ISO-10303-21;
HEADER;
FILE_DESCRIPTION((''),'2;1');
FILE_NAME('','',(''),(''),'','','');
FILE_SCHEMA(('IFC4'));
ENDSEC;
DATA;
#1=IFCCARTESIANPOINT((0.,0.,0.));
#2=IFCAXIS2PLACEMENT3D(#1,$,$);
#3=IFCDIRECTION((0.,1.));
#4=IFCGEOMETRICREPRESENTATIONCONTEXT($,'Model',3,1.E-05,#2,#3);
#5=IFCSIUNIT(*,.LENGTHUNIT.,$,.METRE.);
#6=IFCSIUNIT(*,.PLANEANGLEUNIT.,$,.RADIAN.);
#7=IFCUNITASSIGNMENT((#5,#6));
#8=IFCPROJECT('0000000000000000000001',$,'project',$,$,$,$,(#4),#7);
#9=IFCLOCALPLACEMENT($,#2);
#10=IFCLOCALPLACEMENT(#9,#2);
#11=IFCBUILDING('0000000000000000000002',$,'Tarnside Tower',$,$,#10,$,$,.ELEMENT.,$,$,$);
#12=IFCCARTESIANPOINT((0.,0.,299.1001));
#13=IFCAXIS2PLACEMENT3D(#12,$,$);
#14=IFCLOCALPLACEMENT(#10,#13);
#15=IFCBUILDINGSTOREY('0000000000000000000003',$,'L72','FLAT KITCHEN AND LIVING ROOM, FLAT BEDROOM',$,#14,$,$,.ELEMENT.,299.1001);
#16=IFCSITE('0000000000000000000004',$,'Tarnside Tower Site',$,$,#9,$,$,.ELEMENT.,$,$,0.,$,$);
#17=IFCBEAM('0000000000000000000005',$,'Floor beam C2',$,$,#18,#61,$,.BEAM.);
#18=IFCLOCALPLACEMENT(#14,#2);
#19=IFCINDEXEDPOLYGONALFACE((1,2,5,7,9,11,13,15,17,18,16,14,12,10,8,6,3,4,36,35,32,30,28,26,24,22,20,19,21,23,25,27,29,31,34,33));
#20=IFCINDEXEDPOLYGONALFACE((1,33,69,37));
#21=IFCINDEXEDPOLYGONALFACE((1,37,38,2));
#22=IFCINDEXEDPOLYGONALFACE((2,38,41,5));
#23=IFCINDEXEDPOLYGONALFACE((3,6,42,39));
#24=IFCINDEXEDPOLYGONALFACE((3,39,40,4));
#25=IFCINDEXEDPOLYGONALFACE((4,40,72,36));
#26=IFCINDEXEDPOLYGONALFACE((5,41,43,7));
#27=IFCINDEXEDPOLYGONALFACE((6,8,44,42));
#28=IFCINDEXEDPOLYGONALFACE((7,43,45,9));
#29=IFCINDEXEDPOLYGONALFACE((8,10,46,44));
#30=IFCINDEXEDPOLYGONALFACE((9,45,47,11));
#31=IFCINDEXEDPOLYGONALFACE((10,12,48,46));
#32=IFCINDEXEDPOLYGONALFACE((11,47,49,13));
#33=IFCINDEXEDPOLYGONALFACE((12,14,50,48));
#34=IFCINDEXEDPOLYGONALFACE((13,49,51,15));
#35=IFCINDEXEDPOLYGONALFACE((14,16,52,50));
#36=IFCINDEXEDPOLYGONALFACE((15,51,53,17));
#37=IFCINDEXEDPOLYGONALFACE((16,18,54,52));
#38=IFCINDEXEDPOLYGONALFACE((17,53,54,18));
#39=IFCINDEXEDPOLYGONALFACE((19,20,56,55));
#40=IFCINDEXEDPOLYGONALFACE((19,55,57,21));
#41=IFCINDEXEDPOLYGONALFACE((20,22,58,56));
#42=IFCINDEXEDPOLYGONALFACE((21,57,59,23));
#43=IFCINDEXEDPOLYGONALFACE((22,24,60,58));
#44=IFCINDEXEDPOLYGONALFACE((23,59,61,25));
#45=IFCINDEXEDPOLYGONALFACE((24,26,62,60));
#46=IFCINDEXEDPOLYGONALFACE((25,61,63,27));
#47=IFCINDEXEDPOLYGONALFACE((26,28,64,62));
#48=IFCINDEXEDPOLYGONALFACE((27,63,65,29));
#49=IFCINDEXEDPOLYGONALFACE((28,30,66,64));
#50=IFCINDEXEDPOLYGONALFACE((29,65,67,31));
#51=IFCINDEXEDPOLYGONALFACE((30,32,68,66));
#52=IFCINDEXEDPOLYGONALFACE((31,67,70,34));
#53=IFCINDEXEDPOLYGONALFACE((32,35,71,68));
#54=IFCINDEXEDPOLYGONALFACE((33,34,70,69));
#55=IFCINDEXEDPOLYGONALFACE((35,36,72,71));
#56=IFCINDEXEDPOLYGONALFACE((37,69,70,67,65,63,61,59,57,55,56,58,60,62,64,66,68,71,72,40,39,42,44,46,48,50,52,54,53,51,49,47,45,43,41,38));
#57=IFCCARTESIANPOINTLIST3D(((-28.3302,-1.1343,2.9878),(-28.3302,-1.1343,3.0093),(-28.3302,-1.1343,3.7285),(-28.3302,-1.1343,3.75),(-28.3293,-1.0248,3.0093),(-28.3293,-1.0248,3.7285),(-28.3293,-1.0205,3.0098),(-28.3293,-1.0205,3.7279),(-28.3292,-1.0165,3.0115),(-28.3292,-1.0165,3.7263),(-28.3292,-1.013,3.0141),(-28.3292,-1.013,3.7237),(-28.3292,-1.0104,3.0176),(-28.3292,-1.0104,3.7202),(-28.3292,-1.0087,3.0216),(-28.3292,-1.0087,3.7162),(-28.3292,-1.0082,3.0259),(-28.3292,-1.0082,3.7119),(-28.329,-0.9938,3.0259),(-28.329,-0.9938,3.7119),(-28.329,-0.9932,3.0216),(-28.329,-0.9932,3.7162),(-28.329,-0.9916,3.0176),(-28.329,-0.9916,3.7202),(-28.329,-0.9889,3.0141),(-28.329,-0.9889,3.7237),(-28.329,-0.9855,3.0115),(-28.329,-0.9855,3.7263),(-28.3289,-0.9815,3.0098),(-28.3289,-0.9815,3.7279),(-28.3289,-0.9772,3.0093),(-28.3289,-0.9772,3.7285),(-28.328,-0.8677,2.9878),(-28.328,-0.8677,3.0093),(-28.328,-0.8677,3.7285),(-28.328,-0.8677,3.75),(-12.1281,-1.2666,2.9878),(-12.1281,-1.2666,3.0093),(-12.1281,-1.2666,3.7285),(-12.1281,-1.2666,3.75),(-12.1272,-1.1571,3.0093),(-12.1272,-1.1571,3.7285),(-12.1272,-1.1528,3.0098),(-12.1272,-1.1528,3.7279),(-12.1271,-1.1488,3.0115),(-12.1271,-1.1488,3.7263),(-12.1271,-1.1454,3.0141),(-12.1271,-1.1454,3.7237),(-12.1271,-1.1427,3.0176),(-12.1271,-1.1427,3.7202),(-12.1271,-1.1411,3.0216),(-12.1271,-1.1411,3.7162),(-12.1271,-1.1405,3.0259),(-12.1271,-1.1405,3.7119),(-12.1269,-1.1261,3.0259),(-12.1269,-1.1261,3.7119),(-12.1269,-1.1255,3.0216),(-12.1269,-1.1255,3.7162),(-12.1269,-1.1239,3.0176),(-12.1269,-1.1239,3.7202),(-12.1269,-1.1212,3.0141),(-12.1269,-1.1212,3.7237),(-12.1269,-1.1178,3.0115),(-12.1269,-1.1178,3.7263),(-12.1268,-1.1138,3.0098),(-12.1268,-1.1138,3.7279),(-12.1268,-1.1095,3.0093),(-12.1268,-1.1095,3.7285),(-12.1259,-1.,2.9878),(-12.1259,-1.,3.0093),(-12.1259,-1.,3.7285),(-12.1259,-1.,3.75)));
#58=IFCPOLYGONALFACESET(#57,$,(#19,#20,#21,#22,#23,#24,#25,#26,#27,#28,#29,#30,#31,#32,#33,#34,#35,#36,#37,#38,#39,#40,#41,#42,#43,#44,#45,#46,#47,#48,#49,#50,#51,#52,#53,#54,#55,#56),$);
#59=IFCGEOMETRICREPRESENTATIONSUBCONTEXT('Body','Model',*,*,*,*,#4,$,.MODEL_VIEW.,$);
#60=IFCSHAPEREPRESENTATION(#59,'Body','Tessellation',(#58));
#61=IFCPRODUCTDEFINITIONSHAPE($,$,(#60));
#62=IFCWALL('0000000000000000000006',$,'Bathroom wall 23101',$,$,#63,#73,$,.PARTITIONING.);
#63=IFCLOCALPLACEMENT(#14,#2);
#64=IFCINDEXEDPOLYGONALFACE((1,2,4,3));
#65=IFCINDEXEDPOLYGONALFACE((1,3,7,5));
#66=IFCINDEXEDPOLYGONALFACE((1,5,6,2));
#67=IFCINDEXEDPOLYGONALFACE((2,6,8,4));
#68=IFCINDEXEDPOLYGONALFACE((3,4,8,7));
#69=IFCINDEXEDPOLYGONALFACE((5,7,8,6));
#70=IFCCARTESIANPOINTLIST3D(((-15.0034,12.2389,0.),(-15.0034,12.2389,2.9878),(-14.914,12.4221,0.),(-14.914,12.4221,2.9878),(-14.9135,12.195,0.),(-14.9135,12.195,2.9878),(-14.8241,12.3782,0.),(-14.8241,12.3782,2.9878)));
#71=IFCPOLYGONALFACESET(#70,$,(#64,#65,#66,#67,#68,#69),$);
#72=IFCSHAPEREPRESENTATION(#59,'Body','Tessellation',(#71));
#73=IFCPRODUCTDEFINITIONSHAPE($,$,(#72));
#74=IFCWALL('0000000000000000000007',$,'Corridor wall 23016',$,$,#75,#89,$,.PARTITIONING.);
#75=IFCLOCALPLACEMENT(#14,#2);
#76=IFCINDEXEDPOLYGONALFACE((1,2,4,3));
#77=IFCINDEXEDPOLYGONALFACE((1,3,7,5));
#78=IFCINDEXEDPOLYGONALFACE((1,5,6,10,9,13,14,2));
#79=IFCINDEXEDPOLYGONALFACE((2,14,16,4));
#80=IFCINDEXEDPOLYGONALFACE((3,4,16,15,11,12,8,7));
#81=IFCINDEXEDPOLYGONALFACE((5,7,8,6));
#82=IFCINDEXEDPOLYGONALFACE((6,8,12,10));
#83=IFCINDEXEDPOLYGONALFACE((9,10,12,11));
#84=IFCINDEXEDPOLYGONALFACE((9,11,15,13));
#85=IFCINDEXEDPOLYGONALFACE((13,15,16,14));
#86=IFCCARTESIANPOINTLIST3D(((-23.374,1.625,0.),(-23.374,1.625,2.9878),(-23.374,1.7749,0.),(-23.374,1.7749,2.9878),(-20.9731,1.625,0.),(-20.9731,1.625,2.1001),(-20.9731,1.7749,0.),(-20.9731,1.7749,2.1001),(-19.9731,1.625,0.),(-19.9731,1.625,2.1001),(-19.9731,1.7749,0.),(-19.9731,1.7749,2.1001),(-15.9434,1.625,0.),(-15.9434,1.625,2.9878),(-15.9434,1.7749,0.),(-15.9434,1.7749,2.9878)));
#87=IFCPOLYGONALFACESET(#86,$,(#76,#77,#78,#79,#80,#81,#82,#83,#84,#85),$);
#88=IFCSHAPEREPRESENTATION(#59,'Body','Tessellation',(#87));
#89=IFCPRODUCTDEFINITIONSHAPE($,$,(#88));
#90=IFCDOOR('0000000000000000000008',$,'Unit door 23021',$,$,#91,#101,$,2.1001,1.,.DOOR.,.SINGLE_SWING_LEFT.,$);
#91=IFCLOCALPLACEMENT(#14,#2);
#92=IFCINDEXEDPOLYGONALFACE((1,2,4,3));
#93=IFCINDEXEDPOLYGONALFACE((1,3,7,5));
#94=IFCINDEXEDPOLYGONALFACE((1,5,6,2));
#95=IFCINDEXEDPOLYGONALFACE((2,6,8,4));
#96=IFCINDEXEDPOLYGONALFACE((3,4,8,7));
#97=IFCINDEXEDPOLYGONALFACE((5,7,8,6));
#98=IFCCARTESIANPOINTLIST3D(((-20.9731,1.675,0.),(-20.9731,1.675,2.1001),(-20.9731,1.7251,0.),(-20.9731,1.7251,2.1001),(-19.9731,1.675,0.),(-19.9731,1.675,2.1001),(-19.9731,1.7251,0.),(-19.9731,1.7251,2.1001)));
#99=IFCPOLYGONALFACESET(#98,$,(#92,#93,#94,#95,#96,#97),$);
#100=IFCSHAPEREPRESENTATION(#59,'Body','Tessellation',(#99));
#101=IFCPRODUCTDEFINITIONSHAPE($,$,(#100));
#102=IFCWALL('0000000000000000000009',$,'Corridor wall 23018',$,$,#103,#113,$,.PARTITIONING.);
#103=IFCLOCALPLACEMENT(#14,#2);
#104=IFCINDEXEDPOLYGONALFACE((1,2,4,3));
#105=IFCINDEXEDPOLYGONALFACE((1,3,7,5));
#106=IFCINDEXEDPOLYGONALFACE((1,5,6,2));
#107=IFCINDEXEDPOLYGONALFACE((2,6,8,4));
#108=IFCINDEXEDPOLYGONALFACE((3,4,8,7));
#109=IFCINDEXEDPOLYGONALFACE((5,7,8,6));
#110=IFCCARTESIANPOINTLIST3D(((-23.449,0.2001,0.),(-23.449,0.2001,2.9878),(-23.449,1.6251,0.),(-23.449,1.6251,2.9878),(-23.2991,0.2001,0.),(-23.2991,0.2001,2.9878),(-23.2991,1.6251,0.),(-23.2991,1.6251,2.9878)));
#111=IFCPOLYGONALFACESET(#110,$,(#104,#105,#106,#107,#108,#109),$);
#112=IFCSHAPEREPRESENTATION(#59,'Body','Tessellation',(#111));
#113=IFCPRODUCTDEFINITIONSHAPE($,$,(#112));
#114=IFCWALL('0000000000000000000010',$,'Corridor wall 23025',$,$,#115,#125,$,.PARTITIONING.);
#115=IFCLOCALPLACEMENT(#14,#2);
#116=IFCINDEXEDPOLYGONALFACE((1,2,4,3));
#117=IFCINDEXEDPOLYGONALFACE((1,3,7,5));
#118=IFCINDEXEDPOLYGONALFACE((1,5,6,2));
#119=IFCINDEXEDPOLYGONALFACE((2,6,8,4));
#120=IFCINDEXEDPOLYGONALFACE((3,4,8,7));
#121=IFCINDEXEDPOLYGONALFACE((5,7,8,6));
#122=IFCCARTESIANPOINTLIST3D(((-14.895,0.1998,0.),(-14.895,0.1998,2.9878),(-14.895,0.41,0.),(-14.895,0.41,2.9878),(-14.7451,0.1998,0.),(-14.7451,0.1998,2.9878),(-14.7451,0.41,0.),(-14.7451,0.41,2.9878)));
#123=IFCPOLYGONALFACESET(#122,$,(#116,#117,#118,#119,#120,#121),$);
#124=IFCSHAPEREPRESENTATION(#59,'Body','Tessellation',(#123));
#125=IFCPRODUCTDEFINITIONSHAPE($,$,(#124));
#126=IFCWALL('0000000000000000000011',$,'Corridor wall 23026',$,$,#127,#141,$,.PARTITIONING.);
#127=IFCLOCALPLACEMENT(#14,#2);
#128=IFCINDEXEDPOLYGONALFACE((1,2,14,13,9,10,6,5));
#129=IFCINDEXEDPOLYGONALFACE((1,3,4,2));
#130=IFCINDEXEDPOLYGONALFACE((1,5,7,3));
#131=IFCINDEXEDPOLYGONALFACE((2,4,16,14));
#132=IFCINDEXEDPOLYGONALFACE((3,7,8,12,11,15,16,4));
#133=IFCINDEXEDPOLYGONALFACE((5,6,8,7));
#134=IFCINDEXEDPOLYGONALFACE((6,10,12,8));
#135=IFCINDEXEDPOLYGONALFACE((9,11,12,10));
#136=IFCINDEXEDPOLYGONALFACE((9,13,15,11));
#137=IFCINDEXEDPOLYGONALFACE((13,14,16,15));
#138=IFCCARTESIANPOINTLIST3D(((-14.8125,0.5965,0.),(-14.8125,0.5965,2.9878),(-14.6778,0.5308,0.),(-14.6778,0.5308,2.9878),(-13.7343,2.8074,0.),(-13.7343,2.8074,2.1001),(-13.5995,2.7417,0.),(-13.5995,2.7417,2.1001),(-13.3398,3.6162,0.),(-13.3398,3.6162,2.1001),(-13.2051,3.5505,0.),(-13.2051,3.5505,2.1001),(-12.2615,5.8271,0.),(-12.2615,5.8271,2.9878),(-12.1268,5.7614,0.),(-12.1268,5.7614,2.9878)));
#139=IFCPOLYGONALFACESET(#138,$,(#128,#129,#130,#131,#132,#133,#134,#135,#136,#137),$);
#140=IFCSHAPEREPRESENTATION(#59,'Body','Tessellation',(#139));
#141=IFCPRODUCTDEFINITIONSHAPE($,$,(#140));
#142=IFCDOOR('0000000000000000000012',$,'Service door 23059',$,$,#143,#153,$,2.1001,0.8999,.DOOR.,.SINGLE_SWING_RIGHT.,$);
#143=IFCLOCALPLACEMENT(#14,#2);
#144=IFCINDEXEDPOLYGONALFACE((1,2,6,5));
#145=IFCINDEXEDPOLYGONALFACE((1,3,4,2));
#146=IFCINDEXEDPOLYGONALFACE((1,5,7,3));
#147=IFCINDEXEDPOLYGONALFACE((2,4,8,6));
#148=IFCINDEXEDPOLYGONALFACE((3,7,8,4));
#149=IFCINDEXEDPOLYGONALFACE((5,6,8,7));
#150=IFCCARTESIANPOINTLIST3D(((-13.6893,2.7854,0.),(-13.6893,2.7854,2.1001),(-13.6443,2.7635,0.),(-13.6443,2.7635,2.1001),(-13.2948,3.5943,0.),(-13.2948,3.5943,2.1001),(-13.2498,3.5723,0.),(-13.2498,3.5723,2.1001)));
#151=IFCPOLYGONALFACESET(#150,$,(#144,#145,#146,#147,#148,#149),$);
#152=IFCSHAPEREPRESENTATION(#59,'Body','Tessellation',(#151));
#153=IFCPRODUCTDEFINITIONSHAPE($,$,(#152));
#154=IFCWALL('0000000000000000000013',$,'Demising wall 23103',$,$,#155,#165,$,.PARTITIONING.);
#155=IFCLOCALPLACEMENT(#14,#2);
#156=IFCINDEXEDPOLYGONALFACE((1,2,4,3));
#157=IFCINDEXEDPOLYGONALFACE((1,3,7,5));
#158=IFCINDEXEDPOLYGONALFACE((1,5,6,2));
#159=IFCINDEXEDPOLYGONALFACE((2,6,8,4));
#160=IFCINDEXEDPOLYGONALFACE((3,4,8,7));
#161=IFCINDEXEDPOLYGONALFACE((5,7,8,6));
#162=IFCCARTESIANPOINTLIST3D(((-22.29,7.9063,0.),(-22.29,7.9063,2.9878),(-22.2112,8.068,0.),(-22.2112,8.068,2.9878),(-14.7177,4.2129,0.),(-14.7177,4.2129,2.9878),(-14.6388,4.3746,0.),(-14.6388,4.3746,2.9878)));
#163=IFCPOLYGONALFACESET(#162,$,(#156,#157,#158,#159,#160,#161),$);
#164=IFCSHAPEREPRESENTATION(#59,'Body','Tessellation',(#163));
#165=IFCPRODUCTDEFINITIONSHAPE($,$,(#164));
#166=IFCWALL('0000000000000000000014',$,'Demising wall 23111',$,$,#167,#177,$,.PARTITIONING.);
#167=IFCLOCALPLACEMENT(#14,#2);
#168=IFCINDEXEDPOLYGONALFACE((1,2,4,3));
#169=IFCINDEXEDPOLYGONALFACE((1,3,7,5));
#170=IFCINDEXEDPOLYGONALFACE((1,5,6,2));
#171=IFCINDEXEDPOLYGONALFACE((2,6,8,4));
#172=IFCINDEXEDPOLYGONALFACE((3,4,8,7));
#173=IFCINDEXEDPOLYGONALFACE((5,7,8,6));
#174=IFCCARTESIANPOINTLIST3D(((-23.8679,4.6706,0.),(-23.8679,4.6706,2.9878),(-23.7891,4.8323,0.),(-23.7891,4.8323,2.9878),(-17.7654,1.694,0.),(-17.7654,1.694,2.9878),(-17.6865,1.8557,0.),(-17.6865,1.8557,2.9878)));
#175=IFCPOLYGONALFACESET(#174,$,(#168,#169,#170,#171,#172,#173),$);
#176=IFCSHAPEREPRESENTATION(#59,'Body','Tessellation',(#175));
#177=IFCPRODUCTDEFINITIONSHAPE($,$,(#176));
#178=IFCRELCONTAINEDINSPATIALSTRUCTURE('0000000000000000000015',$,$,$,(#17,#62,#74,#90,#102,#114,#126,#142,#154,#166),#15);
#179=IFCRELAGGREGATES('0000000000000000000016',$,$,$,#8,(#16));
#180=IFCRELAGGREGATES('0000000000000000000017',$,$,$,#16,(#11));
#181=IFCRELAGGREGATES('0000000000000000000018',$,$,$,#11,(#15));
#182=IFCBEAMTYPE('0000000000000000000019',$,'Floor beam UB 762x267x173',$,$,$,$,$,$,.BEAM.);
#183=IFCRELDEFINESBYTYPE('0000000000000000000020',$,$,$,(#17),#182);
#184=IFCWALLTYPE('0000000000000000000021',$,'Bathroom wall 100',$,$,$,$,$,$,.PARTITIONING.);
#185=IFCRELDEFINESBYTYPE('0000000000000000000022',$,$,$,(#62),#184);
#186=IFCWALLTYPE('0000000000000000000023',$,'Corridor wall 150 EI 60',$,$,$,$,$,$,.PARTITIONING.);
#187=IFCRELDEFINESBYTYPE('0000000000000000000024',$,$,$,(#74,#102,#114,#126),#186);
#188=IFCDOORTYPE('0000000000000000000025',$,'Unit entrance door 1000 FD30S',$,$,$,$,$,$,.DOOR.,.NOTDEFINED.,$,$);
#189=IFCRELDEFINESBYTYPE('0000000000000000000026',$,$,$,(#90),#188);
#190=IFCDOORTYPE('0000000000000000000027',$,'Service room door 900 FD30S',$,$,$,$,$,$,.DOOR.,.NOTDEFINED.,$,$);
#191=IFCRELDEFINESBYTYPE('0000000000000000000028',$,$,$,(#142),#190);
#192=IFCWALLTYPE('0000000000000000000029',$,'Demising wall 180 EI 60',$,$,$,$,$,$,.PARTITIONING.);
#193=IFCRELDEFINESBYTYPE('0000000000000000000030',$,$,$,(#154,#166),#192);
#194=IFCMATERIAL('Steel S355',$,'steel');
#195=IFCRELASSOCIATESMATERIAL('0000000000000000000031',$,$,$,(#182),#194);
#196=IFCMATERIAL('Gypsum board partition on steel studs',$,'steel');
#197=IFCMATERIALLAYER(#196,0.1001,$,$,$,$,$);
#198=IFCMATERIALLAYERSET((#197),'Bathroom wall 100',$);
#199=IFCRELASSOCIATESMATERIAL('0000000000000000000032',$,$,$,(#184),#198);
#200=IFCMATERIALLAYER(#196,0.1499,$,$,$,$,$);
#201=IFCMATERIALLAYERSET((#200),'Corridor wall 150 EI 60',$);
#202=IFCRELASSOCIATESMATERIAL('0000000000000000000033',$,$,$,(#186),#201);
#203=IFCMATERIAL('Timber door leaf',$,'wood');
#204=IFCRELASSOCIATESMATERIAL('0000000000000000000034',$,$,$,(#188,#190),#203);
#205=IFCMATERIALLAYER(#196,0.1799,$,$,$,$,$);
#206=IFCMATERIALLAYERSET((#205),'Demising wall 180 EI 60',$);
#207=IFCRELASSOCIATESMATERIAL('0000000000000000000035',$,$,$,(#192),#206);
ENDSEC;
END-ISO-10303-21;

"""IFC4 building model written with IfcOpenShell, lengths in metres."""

from ifc_helpers import new_model, si_unit, direction, frame, frame_2d, origin, origin_2d, place, context, subcontext, project, spatial, rectangle, i_section, extrude, material, layer, layer_set, material_profile, profile_set, type_object, element, fill, save


model = new_model("IFC4")

# Units and contexts
model_context = context("Model", 3, precision=1e-05, world=origin(), true_north=direction((0.0, 1.0)))
body_context = subcontext(model_context, "Body", "Model", "MODEL_VIEW")
ifc_project = project(units=[si_unit("LENGTHUNIT", "METRE"), si_unit("PLANEANGLEUNIT", "RADIAN")], contexts=[model_context])

# Site, building, storey
site_placement = place(None, origin())
site = spatial("IfcSite", under=ifc_project, at=site_placement, Name="Tarnside Tower Site", CompositionType="ELEMENT", RefElevation=0.0)
building_placement = place(site_placement, origin())
building = spatial("IfcBuilding", under=site, at=building_placement, Name="Tarnside Tower", CompositionType="ELEMENT")
storey_placement = place(building_placement, frame((0.0, 0.0, 299.1001)))
storey = spatial("IfcBuildingStorey", under=building, at=storey_placement, Name="L72", Description="FLAT KITCHEN AND LIVING ROOM, FLAT BEDROOM", CompositionType="ELEMENT", Elevation=299.1001)

# Beam
ifc_material_1 = material(Name="Steel S355", Category="steel")
ifc_material_profile_1 = material_profile(ifc_material_1, i_section(OverallWidth=0.2666, OverallDepth=0.7622, WebThickness=0.0144, FlangeThickness=0.0215, FilletRadius=0.0166, at=origin_2d()), Name="UB 762x267x173")
ifc_profile_set_1 = profile_set([ifc_material_profile_1], Name="Steel S355")
beam_type_1 = type_object("IfcBeamType", Name="Floor beam UB 762x267x173", PredefinedType="BEAM", material=ifc_profile_set_1)
beam_1_placement = place(storey_placement, frame((-28.3291, -1.001, 3.3689), z_axis=(0.999967, -0.008167, 0.0), x_axis=(0.008167, 0.999967, 0.0)))
element("IfcBeam", 1, at=beam_1_placement, inside=storey, type_object=beam_type_1, Name="Floor beam C2", PredefinedType="BEAM", context=body_context, shape_type="SweptSolid", body=[
    extrude(i_section(OverallWidth=0.2666, OverallDepth=0.7622, WebThickness=0.0144, FlangeThickness=0.0215, FilletRadius=0.0166, at=origin_2d()), origin(), (0.0, 0.0, 1.0), 16.2026),
])

# Wall
ifc_material_2 = material(Name="Gypsum board partition on steel studs", Category="steel")
ifc_layer_1 = layer(ifc_material_2, 0.1001)
ifc_layer_set_1 = layer_set([ifc_layer_1], Name="Bathroom wall 100")
wall_type_1 = type_object("IfcWallType", Name="Bathroom wall 100", PredefinedType="PARTITIONING", material=ifc_layer_set_1)
wall_1_placement = place(storey_placement, frame((-14.9585, 12.2168, 0.0), z_axis=(0.0, 0.0, 1.0), x_axis=(0.438565, 0.898699, 0.0)))
element("IfcWall", 2, at=wall_1_placement, inside=storey, type_object=wall_type_1, Name="Bathroom wall 23101", PredefinedType="PARTITIONING", context=body_context, shape_type="SweptSolid", body=[
    extrude(rectangle(XDim=0.2039, YDim=0.1001, at=frame_2d((0.1021, 0.0))), origin(), (0.0, 0.0, 1.0), 2.9878),
])

# Wall, opening, door
ifc_layer_2 = layer(ifc_material_2, 0.1499)
ifc_layer_set_2 = layer_set([ifc_layer_2], Name="Corridor wall 150 EI 60")
wall_type_2 = type_object("IfcWallType", Name="Corridor wall 150 EI 60", PredefinedType="PARTITIONING", material=ifc_layer_set_2)
wall_2_placement = place(storey_placement, frame((-15.9434, 1.7, 0.0), z_axis=(0.0, 0.0, 1.0), x_axis=(-1.0, 0.0, 0.0)))
wall_2 = element("IfcWall", 3, at=wall_2_placement, inside=storey, type_object=wall_type_2, Name="Corridor wall 23016", PredefinedType="PARTITIONING", context=body_context, shape_type="SweptSolid", body=[
    extrude(rectangle(XDim=7.4307, YDim=0.1499, at=frame_2d((3.7153, 0.0))), origin(), (0.0, 0.0, 1.0), 2.9878),
])
opening_1_placement = place(wall_2_placement, frame((4.0298, 0.0, 0.0)))
opening_1 = element("IfcOpeningElement", 4, at=opening_1_placement, cuts=wall_2, PredefinedType="OPENING", context=body_context, shape_type="SweptSolid", body=[
    extrude(rectangle(XDim=1.0, YDim=2.1001, at=frame_2d((0.5, 1.05))), frame((0.0, 0.085, 0.0), z_axis=(0.0, -1.0, 0.0), x_axis=(1.0, 0.0, 0.0)), (0.0, 0.0, 1.0), 0.1699),
])
ifc_material_3 = material(Name="Timber door leaf", Category="wood")
door_type_1 = type_object("IfcDoorType", Name="Unit entrance door 1000 FD30S", OperationType="NOTDEFINED", PredefinedType="DOOR", material=ifc_material_3)
door_1_placement = place(opening_1_placement, origin())
door_1 = element("IfcDoor", 5, at=door_1_placement, inside=storey, type_object=door_type_1, Name="Unit door 23021", OperationType="SINGLE_SWING_LEFT", OverallHeight=2.1001, OverallWidth=1.0, PredefinedType="DOOR", context=body_context, shape_type="SweptSolid", body=[
    extrude(rectangle(XDim=1.0, YDim=2.1001, at=frame_2d((0.5, 1.05))), frame((0.0, 0.0249, 0.0), z_axis=(0.0, -1.0, 0.0), x_axis=(1.0, 0.0, 0.0)), (0.0, 0.0, 1.0), 0.05),
])
fill(opening_1, door_1)

# Walls
wall_3_placement = place(storey_placement, frame((-23.374, 1.625, 0.0), z_axis=(0.0, 0.0, 1.0), x_axis=(0.0, -1.0, 0.0)))
element("IfcWall", 6, at=wall_3_placement, inside=storey, type_object=wall_type_2, Name="Corridor wall 23018", PredefinedType="PARTITIONING", context=body_context, shape_type="SweptSolid", body=[
    extrude(rectangle(XDim=1.425, YDim=0.1499, at=frame_2d((0.7124, 0.0))), origin(), (0.0, 0.0, 1.0), 2.9878),
])
wall_4_placement = place(storey_placement, frame((-14.8201, 0.2, 0.0), z_axis=(0.0, 0.0, 1.0), x_axis=(0.0, 1.0, 0.0)))
element("IfcWall", 7, at=wall_4_placement, inside=storey, type_object=wall_type_2, Name="Corridor wall 23025", PredefinedType="PARTITIONING", context=body_context, shape_type="SweptSolid", body=[
    extrude(rectangle(XDim=0.2102, YDim=0.1499, at=frame_2d((0.105, 0.0))), origin(), (0.0, 0.0, 1.0), 2.9878),
])

# Wall, opening, door
wall_5_placement = place(storey_placement, frame((-14.7451, 0.5637, 0.0), z_axis=(0.0, 0.0, 1.0), x_axis=(0.438348, 0.898805, 0.0)))
wall_5 = element("IfcWall", 8, at=wall_5_placement, inside=storey, type_object=wall_type_2, Name="Corridor wall 23026", PredefinedType="PARTITIONING", context=body_context, shape_type="SweptSolid", body=[
    extrude(rectangle(XDim=5.8196, YDim=0.1499, at=frame_2d((2.9097, 0.0))), origin(), (0.0, 0.0, 1.0), 2.9878),
])
opening_2_placement = place(wall_5_placement, frame((2.4597, 0.0, 0.0)))
opening_2 = element("IfcOpeningElement", 9, at=opening_2_placement, cuts=wall_5, PredefinedType="OPENING", context=body_context, shape_type="SweptSolid", body=[
    extrude(rectangle(XDim=0.8999, YDim=2.1001, at=frame_2d((0.45, 1.05))), frame((0.0, 0.085, 0.0), z_axis=(0.0, -1.0, 0.0), x_axis=(1.0, 0.0, 0.0)), (0.0, 0.0, 1.0), 0.1699),
])
door_type_2 = type_object("IfcDoorType", Name="Service room door 900 FD30S", OperationType="NOTDEFINED", PredefinedType="DOOR", material=ifc_material_3)
door_2_placement = place(opening_2_placement, origin())
door_2 = element("IfcDoor", 10, at=door_2_placement, inside=storey, type_object=door_type_2, Name="Service door 23059", OperationType="SINGLE_SWING_RIGHT", OverallHeight=2.1001, OverallWidth=0.8999, PredefinedType="DOOR", context=body_context, shape_type="SweptSolid", body=[
    extrude(rectangle(XDim=0.8999, YDim=2.1001, at=frame_2d((0.45, 1.05))), frame((0.0, 0.0249, 0.0), z_axis=(0.0, -1.0, 0.0), x_axis=(1.0, 0.0, 0.0)), (0.0, 0.0, 1.0), 0.05),
])
fill(opening_2, door_2)

# Walls
ifc_layer_3 = layer(ifc_material_2, 0.1799)
ifc_layer_set_3 = layer_set([ifc_layer_3], Name="Demising wall 180 EI 60")
wall_type_3 = type_object("IfcWallType", Name="Demising wall 180 EI 60", PredefinedType="PARTITIONING", material=ifc_layer_set_3)
wall_6_placement = place(storey_placement, frame((-22.2505, 7.9871, 0.0), z_axis=(0.0, 0.0, 1.0), x_axis=(0.898788, -0.438383, 0.0)))
element("IfcWall", 11, at=wall_6_placement, inside=storey, type_object=wall_type_3, Name="Demising wall 23103", PredefinedType="PARTITIONING", context=body_context, shape_type="SweptSolid", body=[
    extrude(rectangle(XDim=8.425, YDim=0.1799, at=frame_2d((4.2124, 0.0))), origin(), (0.0, 0.0, 1.0), 2.9878),
])
wall_7_placement = place(storey_placement, frame((-23.8286, 4.7515, 0.0), z_axis=(0.0, 0.0, 1.0), x_axis=(0.898785, -0.43839, 0.0)))
element("IfcWall", 12, at=wall_7_placement, inside=storey, type_object=wall_type_3, Name="Demising wall 23111", PredefinedType="PARTITIONING", context=body_context, shape_type="SweptSolid", body=[
    extrude(rectangle(XDim=6.7898, YDim=0.1799, at=frame_2d((3.395, 0.0))), origin(), (0.0, 0.0, 1.0), 2.9878),
])

save(model, "model.ifc")
